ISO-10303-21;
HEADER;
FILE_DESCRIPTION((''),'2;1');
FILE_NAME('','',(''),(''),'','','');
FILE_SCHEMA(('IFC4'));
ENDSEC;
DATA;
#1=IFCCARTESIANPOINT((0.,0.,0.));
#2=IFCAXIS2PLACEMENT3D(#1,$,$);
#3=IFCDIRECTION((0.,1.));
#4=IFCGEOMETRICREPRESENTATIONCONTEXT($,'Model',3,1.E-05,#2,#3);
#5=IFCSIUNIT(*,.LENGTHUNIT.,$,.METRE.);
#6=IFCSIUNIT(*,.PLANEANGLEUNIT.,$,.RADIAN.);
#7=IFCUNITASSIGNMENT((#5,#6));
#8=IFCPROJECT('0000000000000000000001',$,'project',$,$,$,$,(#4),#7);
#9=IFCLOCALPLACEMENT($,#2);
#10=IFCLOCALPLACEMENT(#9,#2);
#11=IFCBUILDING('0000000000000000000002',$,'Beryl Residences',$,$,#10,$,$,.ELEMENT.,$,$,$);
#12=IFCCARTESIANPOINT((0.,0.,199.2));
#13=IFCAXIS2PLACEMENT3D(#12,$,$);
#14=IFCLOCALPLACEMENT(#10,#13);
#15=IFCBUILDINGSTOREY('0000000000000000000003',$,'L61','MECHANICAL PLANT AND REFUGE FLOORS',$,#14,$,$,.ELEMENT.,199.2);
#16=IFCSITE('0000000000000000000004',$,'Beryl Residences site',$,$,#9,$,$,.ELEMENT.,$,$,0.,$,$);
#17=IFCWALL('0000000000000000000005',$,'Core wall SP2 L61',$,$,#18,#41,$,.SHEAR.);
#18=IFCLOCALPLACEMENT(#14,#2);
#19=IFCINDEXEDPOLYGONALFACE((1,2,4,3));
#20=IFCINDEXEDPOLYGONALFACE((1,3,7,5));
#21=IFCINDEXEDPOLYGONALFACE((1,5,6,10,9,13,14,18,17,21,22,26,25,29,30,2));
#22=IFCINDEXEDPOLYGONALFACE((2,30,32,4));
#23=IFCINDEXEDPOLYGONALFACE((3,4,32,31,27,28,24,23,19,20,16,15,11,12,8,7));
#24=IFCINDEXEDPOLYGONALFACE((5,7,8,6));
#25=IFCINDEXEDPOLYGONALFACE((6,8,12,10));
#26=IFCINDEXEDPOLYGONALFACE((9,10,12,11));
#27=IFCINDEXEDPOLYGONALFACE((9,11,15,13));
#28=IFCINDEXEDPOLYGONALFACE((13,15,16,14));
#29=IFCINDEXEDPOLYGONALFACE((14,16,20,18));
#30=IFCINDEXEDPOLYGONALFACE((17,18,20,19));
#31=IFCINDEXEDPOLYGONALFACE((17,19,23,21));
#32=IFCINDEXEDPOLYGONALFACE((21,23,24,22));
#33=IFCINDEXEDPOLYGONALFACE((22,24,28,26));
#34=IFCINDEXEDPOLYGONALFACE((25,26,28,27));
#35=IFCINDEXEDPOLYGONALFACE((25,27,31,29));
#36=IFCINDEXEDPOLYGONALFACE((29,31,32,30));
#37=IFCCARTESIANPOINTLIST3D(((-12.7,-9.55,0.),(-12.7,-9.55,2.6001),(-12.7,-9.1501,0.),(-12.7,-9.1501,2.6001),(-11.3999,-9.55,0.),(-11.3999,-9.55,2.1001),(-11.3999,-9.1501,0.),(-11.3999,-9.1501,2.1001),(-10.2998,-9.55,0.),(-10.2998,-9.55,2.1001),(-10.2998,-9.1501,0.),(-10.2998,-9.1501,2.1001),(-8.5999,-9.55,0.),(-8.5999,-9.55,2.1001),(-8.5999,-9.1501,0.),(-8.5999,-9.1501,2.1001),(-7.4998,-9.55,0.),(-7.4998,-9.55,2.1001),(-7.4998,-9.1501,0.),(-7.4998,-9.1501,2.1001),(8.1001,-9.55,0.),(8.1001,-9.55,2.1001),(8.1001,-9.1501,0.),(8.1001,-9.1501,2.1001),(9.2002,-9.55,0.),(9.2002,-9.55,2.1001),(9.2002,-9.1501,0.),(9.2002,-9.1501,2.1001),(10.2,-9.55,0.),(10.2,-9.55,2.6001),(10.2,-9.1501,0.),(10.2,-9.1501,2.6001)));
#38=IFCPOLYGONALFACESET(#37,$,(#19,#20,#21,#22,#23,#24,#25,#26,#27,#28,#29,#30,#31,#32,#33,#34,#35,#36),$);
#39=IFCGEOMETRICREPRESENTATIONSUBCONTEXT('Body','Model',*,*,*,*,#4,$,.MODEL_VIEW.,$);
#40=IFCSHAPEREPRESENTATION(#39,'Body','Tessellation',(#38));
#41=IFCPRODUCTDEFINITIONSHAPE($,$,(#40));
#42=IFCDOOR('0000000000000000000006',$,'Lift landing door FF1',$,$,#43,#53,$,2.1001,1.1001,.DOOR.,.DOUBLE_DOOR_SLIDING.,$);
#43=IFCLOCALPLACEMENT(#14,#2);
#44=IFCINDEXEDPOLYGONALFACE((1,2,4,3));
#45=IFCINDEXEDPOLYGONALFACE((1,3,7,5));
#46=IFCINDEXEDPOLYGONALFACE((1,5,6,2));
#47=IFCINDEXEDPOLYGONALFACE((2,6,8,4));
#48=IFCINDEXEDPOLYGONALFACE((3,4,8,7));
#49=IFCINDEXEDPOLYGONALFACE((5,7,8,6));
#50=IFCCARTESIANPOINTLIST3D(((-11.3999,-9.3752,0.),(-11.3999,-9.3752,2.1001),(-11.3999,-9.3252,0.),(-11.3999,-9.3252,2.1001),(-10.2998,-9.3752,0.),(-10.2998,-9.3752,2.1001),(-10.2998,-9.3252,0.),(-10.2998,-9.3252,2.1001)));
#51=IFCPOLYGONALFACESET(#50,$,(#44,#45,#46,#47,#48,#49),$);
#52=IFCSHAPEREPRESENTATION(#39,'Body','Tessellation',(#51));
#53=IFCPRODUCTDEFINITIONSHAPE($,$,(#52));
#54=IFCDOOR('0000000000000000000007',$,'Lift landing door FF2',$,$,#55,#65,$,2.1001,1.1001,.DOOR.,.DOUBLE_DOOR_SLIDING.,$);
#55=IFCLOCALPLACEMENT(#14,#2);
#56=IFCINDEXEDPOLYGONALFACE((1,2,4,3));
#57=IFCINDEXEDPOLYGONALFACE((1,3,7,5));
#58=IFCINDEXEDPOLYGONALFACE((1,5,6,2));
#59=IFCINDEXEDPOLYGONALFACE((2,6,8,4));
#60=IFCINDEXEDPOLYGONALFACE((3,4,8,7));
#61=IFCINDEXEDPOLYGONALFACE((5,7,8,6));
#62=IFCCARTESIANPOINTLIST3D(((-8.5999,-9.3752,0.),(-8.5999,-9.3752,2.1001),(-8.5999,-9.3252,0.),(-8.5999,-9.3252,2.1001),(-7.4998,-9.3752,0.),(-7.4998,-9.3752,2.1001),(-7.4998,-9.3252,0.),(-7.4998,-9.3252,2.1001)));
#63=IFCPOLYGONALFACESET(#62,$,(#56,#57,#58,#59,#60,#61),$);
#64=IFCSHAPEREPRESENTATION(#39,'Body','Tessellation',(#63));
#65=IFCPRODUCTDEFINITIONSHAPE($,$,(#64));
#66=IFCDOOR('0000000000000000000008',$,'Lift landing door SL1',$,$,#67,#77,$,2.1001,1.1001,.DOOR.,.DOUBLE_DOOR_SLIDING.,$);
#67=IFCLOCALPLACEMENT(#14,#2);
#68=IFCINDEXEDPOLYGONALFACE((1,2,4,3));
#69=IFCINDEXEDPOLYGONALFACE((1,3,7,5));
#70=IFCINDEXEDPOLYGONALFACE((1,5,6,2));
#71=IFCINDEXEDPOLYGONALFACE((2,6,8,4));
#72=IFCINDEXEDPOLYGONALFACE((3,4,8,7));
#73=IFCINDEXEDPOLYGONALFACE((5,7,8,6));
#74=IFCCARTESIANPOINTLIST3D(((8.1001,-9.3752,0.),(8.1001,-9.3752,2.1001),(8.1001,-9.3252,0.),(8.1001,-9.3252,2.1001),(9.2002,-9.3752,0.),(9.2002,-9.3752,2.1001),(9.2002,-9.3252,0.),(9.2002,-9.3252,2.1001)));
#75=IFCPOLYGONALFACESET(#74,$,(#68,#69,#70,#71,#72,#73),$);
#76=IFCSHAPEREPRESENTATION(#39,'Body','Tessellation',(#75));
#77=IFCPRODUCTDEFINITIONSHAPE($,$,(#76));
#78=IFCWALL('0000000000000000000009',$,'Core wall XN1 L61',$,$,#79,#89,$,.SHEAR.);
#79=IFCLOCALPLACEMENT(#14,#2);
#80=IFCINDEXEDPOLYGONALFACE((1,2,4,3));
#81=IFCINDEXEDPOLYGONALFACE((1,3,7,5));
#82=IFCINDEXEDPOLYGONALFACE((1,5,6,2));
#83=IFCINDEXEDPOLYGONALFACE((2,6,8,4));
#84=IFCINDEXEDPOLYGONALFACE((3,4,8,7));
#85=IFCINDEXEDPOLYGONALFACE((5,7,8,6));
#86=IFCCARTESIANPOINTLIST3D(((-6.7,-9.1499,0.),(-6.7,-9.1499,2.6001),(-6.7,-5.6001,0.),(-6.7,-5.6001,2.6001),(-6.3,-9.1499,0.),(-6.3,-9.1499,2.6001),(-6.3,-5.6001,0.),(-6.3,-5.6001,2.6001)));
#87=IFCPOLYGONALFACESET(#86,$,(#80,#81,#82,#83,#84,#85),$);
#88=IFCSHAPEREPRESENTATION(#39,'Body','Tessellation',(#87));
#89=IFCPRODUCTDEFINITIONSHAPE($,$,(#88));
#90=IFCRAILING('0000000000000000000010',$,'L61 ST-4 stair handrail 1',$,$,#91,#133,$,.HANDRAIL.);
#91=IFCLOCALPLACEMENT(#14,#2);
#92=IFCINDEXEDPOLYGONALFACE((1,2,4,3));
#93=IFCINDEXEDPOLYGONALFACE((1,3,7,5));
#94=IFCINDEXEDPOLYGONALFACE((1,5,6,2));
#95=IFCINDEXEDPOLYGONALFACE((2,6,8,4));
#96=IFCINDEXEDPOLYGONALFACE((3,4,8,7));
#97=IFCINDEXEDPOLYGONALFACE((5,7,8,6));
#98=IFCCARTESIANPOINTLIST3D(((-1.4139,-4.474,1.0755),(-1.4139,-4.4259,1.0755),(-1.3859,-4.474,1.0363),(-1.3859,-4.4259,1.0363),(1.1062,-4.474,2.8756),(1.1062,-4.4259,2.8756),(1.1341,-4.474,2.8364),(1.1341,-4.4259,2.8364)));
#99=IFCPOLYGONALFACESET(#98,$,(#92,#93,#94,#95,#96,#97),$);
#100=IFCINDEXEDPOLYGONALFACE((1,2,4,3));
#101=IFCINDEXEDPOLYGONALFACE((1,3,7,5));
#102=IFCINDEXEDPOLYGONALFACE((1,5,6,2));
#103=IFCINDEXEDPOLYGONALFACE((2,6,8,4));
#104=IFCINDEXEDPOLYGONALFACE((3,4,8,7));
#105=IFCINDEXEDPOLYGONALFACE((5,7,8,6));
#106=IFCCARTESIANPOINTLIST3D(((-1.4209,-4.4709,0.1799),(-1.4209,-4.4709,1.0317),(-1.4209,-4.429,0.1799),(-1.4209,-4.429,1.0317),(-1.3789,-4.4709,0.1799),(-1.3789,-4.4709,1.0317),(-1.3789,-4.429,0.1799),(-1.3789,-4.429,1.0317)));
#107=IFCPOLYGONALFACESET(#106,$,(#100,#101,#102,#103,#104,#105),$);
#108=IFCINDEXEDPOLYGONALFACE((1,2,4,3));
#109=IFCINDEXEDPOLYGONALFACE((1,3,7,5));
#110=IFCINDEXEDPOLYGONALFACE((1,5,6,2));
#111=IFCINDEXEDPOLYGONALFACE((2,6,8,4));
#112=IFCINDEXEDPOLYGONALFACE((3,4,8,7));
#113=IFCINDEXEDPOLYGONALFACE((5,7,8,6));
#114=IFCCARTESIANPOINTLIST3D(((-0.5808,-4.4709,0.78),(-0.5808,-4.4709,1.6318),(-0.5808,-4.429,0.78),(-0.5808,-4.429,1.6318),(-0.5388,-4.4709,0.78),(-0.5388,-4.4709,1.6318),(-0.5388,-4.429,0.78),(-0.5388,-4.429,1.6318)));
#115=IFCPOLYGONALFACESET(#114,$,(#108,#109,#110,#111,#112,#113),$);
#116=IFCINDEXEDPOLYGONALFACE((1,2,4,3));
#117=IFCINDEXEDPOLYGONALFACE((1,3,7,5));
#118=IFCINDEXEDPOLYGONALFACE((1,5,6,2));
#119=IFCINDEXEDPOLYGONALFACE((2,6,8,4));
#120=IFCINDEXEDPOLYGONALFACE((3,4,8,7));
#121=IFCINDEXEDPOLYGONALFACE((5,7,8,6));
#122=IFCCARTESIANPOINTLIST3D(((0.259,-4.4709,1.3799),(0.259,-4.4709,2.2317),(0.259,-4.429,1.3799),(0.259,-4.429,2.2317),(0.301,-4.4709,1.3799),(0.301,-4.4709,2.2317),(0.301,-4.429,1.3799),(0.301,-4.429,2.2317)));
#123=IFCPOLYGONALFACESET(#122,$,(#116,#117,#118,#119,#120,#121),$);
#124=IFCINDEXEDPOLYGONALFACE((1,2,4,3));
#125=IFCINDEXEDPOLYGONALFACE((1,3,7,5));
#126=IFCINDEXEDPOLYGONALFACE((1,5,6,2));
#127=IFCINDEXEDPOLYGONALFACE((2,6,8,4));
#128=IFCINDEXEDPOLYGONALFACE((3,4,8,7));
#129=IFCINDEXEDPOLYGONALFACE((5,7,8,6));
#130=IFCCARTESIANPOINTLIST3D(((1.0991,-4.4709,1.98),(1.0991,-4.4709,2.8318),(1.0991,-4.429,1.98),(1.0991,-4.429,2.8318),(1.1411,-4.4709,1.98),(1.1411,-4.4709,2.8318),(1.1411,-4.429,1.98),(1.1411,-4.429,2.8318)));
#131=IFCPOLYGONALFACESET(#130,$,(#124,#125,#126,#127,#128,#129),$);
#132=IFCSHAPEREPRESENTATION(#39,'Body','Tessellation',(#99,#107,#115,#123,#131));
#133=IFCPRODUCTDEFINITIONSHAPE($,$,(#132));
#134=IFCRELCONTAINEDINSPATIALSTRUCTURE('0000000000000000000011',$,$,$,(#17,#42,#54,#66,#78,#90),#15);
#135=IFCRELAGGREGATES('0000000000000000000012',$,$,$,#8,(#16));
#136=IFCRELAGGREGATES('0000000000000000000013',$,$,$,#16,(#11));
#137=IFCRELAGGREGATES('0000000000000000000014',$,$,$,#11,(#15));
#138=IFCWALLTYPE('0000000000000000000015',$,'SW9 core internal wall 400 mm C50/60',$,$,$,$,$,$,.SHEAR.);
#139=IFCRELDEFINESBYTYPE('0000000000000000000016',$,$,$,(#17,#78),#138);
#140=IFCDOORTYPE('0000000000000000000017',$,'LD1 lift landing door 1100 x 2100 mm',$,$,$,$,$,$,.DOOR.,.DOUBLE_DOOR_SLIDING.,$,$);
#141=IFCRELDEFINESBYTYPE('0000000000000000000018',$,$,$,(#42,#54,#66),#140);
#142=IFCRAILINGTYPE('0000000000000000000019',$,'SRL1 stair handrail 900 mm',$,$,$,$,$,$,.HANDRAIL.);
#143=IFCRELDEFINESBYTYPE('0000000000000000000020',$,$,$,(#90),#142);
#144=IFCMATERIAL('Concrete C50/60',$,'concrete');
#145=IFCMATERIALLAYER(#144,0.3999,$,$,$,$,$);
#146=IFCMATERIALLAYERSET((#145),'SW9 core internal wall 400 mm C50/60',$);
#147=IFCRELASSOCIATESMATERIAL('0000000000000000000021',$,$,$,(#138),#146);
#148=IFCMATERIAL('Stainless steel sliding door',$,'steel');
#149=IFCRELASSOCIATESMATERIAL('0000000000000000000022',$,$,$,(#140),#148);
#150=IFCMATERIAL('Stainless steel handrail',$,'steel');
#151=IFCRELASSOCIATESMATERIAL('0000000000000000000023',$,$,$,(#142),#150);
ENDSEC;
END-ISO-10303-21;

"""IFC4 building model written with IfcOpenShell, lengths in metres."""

from ifc_helpers import new_model, si_unit, direction, frame, frame_2d, origin, origin_2d, place, context, subcontext, project, spatial, rectangle, extrude, material, layer, layer_set, type_object, element, fill, save


model = new_model("IFC4")

# Units and contexts
model_context = context("Model", 3, precision=1e-05, world=origin(), true_north=direction((0.0, 1.0)))
body_context = subcontext(model_context, "Body", "Model", "MODEL_VIEW")
ifc_project = project(units=[si_unit("LENGTHUNIT", "METRE"), si_unit("PLANEANGLEUNIT", "RADIAN")], contexts=[model_context])

# Site, building, storey
site_placement = place(None, origin())
site = spatial("IfcSite", under=ifc_project, at=site_placement, Name="Beryl Residences site", CompositionType="ELEMENT", RefElevation=0.0)
building_placement = place(site_placement, origin())
building = spatial("IfcBuilding", under=site, at=building_placement, Name="Beryl Residences", CompositionType="ELEMENT")
storey_placement = place(building_placement, frame((0.0, 0.0, 199.2)))
storey = spatial("IfcBuildingStorey", under=building, at=storey_placement, Name="L61", Description="MECHANICAL PLANT AND REFUGE FLOORS", CompositionType="ELEMENT", Elevation=199.2)

# Wall, openings, doors
ifc_material_1 = material(Name="Concrete C50/60", Category="concrete")
ifc_layer_1 = layer(ifc_material_1, 0.3999)
ifc_layer_set_1 = layer_set([ifc_layer_1], Name="SW9 core internal wall 400 mm C50/60")
wall_type_1 = type_object("IfcWallType", Name="SW9 core internal wall 400 mm C50/60", PredefinedType="SHEAR", material=ifc_layer_set_1)
wall_1_placement = place(storey_placement, frame((-12.7, -9.3501, 0.0), z_axis=(0.0, 0.0, 1.0), x_axis=(1.0, 0.0, 0.0)))
wall_1 = element("IfcWall", 1, at=wall_1_placement, inside=storey, type_object=wall_type_1, Name="Core wall SP2 L61", PredefinedType="SHEAR", context=body_context, shape_type="SweptSolid", body=[
    extrude(rectangle(XDim=22.8999, YDim=0.3999, at=frame_2d((11.45, 0.0))), origin(), (0.0, 0.0, 1.0), 2.6001),
])
opening_1_placement = place(wall_1_placement, frame((1.3, 0.0, 0.0)))
opening_1 = element("IfcOpeningElement", 2, at=opening_1_placement, cuts=wall_1, PredefinedType="OPENING", context=body_context, shape_type="SweptSolid", body=[
    extrude(rectangle(XDim=1.1001, YDim=2.1001, at=frame_2d((0.55, 1.05))), frame((0.0, 0.21, 0.0), z_axis=(0.0, -1.0, 0.0), x_axis=(1.0, 0.0, 0.0)), (0.0, 0.0, 1.0), 0.4199),
])
opening_2_placement = place(wall_1_placement, frame((4.1001, 0.0, 0.0)))
opening_2 = element("IfcOpeningElement", 3, at=opening_2_placement, cuts=wall_1, PredefinedType="OPENING", context=body_context, shape_type="SweptSolid", body=[
    extrude(rectangle(XDim=1.1001, YDim=2.1001, at=frame_2d((0.55, 1.05))), frame((0.0, 0.21, 0.0), z_axis=(0.0, -1.0, 0.0), x_axis=(1.0, 0.0, 0.0)), (0.0, 0.0, 1.0), 0.4199),
])
opening_3_placement = place(wall_1_placement, frame((20.8, 0.0, 0.0)))
opening_3 = element("IfcOpeningElement", 4, at=opening_3_placement, cuts=wall_1, PredefinedType="OPENING", context=body_context, shape_type="SweptSolid", body=[
    extrude(rectangle(XDim=1.1001, YDim=2.1001, at=frame_2d((0.55, 1.05))), frame((0.0, 0.21, 0.0), z_axis=(0.0, -1.0, 0.0), x_axis=(1.0, 0.0, 0.0)), (0.0, 0.0, 1.0), 0.4199),
])
ifc_material_2 = material(Name="Stainless steel sliding door", Category="steel")
door_type_1 = type_object("IfcDoorType", Name="LD1 lift landing door 1100 x 2100 mm", OperationType="DOUBLE_DOOR_SLIDING", PredefinedType="DOOR", material=ifc_material_2)
door_1_placement = place(opening_1_placement, origin())
door_1 = element("IfcDoor", 5, at=door_1_placement, inside=storey, type_object=door_type_1, Name="Lift landing door FF1", OperationType="DOUBLE_DOOR_SLIDING", OverallHeight=2.1001, OverallWidth=1.1001, PredefinedType="DOOR", context=body_context, shape_type="SweptSolid", body=[
    extrude(rectangle(XDim=1.1001, YDim=2.1001, at=frame_2d((0.55, 1.05))), frame((0.0, 0.0249, 0.0), z_axis=(0.0, -1.0, 0.0), x_axis=(1.0, 0.0, 0.0)), (0.0, 0.0, 1.0), 0.05),
])
fill(opening_1, door_1)
door_2_placement = place(opening_2_placement, origin())
door_2 = element("IfcDoor", 6, at=door_2_placement, inside=storey, type_object=door_type_1, Name="Lift landing door FF2", OperationType="DOUBLE_DOOR_SLIDING", OverallHeight=2.1001, OverallWidth=1.1001, PredefinedType="DOOR", context=body_context, shape_type="SweptSolid", body=[
    extrude(rectangle(XDim=1.1001, YDim=2.1001, at=frame_2d((0.55, 1.05))), frame((0.0, 0.0249, 0.0), z_axis=(0.0, -1.0, 0.0), x_axis=(1.0, 0.0, 0.0)), (0.0, 0.0, 1.0), 0.05),
])
fill(opening_2, door_2)
door_3_placement = place(opening_3_placement, origin())
door_3 = element("IfcDoor", 7, at=door_3_placement, inside=storey, type_object=door_type_1, Name="Lift landing door SL1", OperationType="DOUBLE_DOOR_SLIDING", OverallHeight=2.1001, OverallWidth=1.1001, PredefinedType="DOOR", context=body_context, shape_type="SweptSolid", body=[
    extrude(rectangle(XDim=1.1001, YDim=2.1001, at=frame_2d((0.55, 1.05))), frame((0.0, 0.0249, 0.0), z_axis=(0.0, -1.0, 0.0), x_axis=(1.0, 0.0, 0.0)), (0.0, 0.0, 1.0), 0.05),
])
fill(opening_3, door_3)

# Wall
wall_2_placement = place(storey_placement, frame((-6.5, -9.1499, 0.0), z_axis=(0.0, 0.0, 1.0), x_axis=(0.0, 1.0, 0.0)))
element("IfcWall", 8, at=wall_2_placement, inside=storey, type_object=wall_type_1, Name="Core wall XN1 L61", PredefinedType="SHEAR", context=body_context, shape_type="SweptSolid", body=[
    extrude(rectangle(XDim=3.5498, YDim=0.3999, at=frame_2d((1.7749, 0.0))), origin(), (0.0, 0.0, 1.0), 2.6001),
])

# Railing
ifc_material_3 = material(Name="Stainless steel handrail", Category="steel")
railing_type = type_object("IfcRailingType", Name="SRL1 stair handrail 900 mm", PredefinedType="HANDRAIL", material=ifc_material_3)
railing_placement = place(storey_placement, frame((-1.3999, -4.45, 0.1799)))
element("IfcRailing", 9, at=railing_placement, inside=storey, type_object=railing_type, Name="L61 ST-4 stair handrail 1", PredefinedType="HANDRAIL", context=body_context, shape_type="SweptSolid", body=[
    extrude(rectangle(XDim=0.0481, YDim=0.0481, at=origin_2d()), frame((0.0, 0.0, 0.876), z_axis=(0.813728, 0.0, 0.581246), x_axis=(0.0, 1.0, 0.0)), (0.0, 0.0, 1.0), 3.0969),
    extrude(rectangle(XDim=0.042, YDim=0.042, at=origin_2d()), origin(), (0.0, 0.0, 1.0), 0.8518),
    extrude(rectangle(XDim=0.042, YDim=0.042, at=origin_2d()), frame((0.8401, 0.0, 0.6001)), (0.0, 0.0, 1.0), 0.8518),
    extrude(rectangle(XDim=0.042, YDim=0.042, at=origin_2d()), frame((1.6799, 0.0, 1.2)), (0.0, 0.0, 1.0), 0.8518),
    extrude(rectangle(XDim=0.042, YDim=0.042, at=origin_2d()), frame((2.52, 0.0, 1.8)), (0.0, 0.0, 1.0), 0.8518),
])

save(model, "model.ifc")
